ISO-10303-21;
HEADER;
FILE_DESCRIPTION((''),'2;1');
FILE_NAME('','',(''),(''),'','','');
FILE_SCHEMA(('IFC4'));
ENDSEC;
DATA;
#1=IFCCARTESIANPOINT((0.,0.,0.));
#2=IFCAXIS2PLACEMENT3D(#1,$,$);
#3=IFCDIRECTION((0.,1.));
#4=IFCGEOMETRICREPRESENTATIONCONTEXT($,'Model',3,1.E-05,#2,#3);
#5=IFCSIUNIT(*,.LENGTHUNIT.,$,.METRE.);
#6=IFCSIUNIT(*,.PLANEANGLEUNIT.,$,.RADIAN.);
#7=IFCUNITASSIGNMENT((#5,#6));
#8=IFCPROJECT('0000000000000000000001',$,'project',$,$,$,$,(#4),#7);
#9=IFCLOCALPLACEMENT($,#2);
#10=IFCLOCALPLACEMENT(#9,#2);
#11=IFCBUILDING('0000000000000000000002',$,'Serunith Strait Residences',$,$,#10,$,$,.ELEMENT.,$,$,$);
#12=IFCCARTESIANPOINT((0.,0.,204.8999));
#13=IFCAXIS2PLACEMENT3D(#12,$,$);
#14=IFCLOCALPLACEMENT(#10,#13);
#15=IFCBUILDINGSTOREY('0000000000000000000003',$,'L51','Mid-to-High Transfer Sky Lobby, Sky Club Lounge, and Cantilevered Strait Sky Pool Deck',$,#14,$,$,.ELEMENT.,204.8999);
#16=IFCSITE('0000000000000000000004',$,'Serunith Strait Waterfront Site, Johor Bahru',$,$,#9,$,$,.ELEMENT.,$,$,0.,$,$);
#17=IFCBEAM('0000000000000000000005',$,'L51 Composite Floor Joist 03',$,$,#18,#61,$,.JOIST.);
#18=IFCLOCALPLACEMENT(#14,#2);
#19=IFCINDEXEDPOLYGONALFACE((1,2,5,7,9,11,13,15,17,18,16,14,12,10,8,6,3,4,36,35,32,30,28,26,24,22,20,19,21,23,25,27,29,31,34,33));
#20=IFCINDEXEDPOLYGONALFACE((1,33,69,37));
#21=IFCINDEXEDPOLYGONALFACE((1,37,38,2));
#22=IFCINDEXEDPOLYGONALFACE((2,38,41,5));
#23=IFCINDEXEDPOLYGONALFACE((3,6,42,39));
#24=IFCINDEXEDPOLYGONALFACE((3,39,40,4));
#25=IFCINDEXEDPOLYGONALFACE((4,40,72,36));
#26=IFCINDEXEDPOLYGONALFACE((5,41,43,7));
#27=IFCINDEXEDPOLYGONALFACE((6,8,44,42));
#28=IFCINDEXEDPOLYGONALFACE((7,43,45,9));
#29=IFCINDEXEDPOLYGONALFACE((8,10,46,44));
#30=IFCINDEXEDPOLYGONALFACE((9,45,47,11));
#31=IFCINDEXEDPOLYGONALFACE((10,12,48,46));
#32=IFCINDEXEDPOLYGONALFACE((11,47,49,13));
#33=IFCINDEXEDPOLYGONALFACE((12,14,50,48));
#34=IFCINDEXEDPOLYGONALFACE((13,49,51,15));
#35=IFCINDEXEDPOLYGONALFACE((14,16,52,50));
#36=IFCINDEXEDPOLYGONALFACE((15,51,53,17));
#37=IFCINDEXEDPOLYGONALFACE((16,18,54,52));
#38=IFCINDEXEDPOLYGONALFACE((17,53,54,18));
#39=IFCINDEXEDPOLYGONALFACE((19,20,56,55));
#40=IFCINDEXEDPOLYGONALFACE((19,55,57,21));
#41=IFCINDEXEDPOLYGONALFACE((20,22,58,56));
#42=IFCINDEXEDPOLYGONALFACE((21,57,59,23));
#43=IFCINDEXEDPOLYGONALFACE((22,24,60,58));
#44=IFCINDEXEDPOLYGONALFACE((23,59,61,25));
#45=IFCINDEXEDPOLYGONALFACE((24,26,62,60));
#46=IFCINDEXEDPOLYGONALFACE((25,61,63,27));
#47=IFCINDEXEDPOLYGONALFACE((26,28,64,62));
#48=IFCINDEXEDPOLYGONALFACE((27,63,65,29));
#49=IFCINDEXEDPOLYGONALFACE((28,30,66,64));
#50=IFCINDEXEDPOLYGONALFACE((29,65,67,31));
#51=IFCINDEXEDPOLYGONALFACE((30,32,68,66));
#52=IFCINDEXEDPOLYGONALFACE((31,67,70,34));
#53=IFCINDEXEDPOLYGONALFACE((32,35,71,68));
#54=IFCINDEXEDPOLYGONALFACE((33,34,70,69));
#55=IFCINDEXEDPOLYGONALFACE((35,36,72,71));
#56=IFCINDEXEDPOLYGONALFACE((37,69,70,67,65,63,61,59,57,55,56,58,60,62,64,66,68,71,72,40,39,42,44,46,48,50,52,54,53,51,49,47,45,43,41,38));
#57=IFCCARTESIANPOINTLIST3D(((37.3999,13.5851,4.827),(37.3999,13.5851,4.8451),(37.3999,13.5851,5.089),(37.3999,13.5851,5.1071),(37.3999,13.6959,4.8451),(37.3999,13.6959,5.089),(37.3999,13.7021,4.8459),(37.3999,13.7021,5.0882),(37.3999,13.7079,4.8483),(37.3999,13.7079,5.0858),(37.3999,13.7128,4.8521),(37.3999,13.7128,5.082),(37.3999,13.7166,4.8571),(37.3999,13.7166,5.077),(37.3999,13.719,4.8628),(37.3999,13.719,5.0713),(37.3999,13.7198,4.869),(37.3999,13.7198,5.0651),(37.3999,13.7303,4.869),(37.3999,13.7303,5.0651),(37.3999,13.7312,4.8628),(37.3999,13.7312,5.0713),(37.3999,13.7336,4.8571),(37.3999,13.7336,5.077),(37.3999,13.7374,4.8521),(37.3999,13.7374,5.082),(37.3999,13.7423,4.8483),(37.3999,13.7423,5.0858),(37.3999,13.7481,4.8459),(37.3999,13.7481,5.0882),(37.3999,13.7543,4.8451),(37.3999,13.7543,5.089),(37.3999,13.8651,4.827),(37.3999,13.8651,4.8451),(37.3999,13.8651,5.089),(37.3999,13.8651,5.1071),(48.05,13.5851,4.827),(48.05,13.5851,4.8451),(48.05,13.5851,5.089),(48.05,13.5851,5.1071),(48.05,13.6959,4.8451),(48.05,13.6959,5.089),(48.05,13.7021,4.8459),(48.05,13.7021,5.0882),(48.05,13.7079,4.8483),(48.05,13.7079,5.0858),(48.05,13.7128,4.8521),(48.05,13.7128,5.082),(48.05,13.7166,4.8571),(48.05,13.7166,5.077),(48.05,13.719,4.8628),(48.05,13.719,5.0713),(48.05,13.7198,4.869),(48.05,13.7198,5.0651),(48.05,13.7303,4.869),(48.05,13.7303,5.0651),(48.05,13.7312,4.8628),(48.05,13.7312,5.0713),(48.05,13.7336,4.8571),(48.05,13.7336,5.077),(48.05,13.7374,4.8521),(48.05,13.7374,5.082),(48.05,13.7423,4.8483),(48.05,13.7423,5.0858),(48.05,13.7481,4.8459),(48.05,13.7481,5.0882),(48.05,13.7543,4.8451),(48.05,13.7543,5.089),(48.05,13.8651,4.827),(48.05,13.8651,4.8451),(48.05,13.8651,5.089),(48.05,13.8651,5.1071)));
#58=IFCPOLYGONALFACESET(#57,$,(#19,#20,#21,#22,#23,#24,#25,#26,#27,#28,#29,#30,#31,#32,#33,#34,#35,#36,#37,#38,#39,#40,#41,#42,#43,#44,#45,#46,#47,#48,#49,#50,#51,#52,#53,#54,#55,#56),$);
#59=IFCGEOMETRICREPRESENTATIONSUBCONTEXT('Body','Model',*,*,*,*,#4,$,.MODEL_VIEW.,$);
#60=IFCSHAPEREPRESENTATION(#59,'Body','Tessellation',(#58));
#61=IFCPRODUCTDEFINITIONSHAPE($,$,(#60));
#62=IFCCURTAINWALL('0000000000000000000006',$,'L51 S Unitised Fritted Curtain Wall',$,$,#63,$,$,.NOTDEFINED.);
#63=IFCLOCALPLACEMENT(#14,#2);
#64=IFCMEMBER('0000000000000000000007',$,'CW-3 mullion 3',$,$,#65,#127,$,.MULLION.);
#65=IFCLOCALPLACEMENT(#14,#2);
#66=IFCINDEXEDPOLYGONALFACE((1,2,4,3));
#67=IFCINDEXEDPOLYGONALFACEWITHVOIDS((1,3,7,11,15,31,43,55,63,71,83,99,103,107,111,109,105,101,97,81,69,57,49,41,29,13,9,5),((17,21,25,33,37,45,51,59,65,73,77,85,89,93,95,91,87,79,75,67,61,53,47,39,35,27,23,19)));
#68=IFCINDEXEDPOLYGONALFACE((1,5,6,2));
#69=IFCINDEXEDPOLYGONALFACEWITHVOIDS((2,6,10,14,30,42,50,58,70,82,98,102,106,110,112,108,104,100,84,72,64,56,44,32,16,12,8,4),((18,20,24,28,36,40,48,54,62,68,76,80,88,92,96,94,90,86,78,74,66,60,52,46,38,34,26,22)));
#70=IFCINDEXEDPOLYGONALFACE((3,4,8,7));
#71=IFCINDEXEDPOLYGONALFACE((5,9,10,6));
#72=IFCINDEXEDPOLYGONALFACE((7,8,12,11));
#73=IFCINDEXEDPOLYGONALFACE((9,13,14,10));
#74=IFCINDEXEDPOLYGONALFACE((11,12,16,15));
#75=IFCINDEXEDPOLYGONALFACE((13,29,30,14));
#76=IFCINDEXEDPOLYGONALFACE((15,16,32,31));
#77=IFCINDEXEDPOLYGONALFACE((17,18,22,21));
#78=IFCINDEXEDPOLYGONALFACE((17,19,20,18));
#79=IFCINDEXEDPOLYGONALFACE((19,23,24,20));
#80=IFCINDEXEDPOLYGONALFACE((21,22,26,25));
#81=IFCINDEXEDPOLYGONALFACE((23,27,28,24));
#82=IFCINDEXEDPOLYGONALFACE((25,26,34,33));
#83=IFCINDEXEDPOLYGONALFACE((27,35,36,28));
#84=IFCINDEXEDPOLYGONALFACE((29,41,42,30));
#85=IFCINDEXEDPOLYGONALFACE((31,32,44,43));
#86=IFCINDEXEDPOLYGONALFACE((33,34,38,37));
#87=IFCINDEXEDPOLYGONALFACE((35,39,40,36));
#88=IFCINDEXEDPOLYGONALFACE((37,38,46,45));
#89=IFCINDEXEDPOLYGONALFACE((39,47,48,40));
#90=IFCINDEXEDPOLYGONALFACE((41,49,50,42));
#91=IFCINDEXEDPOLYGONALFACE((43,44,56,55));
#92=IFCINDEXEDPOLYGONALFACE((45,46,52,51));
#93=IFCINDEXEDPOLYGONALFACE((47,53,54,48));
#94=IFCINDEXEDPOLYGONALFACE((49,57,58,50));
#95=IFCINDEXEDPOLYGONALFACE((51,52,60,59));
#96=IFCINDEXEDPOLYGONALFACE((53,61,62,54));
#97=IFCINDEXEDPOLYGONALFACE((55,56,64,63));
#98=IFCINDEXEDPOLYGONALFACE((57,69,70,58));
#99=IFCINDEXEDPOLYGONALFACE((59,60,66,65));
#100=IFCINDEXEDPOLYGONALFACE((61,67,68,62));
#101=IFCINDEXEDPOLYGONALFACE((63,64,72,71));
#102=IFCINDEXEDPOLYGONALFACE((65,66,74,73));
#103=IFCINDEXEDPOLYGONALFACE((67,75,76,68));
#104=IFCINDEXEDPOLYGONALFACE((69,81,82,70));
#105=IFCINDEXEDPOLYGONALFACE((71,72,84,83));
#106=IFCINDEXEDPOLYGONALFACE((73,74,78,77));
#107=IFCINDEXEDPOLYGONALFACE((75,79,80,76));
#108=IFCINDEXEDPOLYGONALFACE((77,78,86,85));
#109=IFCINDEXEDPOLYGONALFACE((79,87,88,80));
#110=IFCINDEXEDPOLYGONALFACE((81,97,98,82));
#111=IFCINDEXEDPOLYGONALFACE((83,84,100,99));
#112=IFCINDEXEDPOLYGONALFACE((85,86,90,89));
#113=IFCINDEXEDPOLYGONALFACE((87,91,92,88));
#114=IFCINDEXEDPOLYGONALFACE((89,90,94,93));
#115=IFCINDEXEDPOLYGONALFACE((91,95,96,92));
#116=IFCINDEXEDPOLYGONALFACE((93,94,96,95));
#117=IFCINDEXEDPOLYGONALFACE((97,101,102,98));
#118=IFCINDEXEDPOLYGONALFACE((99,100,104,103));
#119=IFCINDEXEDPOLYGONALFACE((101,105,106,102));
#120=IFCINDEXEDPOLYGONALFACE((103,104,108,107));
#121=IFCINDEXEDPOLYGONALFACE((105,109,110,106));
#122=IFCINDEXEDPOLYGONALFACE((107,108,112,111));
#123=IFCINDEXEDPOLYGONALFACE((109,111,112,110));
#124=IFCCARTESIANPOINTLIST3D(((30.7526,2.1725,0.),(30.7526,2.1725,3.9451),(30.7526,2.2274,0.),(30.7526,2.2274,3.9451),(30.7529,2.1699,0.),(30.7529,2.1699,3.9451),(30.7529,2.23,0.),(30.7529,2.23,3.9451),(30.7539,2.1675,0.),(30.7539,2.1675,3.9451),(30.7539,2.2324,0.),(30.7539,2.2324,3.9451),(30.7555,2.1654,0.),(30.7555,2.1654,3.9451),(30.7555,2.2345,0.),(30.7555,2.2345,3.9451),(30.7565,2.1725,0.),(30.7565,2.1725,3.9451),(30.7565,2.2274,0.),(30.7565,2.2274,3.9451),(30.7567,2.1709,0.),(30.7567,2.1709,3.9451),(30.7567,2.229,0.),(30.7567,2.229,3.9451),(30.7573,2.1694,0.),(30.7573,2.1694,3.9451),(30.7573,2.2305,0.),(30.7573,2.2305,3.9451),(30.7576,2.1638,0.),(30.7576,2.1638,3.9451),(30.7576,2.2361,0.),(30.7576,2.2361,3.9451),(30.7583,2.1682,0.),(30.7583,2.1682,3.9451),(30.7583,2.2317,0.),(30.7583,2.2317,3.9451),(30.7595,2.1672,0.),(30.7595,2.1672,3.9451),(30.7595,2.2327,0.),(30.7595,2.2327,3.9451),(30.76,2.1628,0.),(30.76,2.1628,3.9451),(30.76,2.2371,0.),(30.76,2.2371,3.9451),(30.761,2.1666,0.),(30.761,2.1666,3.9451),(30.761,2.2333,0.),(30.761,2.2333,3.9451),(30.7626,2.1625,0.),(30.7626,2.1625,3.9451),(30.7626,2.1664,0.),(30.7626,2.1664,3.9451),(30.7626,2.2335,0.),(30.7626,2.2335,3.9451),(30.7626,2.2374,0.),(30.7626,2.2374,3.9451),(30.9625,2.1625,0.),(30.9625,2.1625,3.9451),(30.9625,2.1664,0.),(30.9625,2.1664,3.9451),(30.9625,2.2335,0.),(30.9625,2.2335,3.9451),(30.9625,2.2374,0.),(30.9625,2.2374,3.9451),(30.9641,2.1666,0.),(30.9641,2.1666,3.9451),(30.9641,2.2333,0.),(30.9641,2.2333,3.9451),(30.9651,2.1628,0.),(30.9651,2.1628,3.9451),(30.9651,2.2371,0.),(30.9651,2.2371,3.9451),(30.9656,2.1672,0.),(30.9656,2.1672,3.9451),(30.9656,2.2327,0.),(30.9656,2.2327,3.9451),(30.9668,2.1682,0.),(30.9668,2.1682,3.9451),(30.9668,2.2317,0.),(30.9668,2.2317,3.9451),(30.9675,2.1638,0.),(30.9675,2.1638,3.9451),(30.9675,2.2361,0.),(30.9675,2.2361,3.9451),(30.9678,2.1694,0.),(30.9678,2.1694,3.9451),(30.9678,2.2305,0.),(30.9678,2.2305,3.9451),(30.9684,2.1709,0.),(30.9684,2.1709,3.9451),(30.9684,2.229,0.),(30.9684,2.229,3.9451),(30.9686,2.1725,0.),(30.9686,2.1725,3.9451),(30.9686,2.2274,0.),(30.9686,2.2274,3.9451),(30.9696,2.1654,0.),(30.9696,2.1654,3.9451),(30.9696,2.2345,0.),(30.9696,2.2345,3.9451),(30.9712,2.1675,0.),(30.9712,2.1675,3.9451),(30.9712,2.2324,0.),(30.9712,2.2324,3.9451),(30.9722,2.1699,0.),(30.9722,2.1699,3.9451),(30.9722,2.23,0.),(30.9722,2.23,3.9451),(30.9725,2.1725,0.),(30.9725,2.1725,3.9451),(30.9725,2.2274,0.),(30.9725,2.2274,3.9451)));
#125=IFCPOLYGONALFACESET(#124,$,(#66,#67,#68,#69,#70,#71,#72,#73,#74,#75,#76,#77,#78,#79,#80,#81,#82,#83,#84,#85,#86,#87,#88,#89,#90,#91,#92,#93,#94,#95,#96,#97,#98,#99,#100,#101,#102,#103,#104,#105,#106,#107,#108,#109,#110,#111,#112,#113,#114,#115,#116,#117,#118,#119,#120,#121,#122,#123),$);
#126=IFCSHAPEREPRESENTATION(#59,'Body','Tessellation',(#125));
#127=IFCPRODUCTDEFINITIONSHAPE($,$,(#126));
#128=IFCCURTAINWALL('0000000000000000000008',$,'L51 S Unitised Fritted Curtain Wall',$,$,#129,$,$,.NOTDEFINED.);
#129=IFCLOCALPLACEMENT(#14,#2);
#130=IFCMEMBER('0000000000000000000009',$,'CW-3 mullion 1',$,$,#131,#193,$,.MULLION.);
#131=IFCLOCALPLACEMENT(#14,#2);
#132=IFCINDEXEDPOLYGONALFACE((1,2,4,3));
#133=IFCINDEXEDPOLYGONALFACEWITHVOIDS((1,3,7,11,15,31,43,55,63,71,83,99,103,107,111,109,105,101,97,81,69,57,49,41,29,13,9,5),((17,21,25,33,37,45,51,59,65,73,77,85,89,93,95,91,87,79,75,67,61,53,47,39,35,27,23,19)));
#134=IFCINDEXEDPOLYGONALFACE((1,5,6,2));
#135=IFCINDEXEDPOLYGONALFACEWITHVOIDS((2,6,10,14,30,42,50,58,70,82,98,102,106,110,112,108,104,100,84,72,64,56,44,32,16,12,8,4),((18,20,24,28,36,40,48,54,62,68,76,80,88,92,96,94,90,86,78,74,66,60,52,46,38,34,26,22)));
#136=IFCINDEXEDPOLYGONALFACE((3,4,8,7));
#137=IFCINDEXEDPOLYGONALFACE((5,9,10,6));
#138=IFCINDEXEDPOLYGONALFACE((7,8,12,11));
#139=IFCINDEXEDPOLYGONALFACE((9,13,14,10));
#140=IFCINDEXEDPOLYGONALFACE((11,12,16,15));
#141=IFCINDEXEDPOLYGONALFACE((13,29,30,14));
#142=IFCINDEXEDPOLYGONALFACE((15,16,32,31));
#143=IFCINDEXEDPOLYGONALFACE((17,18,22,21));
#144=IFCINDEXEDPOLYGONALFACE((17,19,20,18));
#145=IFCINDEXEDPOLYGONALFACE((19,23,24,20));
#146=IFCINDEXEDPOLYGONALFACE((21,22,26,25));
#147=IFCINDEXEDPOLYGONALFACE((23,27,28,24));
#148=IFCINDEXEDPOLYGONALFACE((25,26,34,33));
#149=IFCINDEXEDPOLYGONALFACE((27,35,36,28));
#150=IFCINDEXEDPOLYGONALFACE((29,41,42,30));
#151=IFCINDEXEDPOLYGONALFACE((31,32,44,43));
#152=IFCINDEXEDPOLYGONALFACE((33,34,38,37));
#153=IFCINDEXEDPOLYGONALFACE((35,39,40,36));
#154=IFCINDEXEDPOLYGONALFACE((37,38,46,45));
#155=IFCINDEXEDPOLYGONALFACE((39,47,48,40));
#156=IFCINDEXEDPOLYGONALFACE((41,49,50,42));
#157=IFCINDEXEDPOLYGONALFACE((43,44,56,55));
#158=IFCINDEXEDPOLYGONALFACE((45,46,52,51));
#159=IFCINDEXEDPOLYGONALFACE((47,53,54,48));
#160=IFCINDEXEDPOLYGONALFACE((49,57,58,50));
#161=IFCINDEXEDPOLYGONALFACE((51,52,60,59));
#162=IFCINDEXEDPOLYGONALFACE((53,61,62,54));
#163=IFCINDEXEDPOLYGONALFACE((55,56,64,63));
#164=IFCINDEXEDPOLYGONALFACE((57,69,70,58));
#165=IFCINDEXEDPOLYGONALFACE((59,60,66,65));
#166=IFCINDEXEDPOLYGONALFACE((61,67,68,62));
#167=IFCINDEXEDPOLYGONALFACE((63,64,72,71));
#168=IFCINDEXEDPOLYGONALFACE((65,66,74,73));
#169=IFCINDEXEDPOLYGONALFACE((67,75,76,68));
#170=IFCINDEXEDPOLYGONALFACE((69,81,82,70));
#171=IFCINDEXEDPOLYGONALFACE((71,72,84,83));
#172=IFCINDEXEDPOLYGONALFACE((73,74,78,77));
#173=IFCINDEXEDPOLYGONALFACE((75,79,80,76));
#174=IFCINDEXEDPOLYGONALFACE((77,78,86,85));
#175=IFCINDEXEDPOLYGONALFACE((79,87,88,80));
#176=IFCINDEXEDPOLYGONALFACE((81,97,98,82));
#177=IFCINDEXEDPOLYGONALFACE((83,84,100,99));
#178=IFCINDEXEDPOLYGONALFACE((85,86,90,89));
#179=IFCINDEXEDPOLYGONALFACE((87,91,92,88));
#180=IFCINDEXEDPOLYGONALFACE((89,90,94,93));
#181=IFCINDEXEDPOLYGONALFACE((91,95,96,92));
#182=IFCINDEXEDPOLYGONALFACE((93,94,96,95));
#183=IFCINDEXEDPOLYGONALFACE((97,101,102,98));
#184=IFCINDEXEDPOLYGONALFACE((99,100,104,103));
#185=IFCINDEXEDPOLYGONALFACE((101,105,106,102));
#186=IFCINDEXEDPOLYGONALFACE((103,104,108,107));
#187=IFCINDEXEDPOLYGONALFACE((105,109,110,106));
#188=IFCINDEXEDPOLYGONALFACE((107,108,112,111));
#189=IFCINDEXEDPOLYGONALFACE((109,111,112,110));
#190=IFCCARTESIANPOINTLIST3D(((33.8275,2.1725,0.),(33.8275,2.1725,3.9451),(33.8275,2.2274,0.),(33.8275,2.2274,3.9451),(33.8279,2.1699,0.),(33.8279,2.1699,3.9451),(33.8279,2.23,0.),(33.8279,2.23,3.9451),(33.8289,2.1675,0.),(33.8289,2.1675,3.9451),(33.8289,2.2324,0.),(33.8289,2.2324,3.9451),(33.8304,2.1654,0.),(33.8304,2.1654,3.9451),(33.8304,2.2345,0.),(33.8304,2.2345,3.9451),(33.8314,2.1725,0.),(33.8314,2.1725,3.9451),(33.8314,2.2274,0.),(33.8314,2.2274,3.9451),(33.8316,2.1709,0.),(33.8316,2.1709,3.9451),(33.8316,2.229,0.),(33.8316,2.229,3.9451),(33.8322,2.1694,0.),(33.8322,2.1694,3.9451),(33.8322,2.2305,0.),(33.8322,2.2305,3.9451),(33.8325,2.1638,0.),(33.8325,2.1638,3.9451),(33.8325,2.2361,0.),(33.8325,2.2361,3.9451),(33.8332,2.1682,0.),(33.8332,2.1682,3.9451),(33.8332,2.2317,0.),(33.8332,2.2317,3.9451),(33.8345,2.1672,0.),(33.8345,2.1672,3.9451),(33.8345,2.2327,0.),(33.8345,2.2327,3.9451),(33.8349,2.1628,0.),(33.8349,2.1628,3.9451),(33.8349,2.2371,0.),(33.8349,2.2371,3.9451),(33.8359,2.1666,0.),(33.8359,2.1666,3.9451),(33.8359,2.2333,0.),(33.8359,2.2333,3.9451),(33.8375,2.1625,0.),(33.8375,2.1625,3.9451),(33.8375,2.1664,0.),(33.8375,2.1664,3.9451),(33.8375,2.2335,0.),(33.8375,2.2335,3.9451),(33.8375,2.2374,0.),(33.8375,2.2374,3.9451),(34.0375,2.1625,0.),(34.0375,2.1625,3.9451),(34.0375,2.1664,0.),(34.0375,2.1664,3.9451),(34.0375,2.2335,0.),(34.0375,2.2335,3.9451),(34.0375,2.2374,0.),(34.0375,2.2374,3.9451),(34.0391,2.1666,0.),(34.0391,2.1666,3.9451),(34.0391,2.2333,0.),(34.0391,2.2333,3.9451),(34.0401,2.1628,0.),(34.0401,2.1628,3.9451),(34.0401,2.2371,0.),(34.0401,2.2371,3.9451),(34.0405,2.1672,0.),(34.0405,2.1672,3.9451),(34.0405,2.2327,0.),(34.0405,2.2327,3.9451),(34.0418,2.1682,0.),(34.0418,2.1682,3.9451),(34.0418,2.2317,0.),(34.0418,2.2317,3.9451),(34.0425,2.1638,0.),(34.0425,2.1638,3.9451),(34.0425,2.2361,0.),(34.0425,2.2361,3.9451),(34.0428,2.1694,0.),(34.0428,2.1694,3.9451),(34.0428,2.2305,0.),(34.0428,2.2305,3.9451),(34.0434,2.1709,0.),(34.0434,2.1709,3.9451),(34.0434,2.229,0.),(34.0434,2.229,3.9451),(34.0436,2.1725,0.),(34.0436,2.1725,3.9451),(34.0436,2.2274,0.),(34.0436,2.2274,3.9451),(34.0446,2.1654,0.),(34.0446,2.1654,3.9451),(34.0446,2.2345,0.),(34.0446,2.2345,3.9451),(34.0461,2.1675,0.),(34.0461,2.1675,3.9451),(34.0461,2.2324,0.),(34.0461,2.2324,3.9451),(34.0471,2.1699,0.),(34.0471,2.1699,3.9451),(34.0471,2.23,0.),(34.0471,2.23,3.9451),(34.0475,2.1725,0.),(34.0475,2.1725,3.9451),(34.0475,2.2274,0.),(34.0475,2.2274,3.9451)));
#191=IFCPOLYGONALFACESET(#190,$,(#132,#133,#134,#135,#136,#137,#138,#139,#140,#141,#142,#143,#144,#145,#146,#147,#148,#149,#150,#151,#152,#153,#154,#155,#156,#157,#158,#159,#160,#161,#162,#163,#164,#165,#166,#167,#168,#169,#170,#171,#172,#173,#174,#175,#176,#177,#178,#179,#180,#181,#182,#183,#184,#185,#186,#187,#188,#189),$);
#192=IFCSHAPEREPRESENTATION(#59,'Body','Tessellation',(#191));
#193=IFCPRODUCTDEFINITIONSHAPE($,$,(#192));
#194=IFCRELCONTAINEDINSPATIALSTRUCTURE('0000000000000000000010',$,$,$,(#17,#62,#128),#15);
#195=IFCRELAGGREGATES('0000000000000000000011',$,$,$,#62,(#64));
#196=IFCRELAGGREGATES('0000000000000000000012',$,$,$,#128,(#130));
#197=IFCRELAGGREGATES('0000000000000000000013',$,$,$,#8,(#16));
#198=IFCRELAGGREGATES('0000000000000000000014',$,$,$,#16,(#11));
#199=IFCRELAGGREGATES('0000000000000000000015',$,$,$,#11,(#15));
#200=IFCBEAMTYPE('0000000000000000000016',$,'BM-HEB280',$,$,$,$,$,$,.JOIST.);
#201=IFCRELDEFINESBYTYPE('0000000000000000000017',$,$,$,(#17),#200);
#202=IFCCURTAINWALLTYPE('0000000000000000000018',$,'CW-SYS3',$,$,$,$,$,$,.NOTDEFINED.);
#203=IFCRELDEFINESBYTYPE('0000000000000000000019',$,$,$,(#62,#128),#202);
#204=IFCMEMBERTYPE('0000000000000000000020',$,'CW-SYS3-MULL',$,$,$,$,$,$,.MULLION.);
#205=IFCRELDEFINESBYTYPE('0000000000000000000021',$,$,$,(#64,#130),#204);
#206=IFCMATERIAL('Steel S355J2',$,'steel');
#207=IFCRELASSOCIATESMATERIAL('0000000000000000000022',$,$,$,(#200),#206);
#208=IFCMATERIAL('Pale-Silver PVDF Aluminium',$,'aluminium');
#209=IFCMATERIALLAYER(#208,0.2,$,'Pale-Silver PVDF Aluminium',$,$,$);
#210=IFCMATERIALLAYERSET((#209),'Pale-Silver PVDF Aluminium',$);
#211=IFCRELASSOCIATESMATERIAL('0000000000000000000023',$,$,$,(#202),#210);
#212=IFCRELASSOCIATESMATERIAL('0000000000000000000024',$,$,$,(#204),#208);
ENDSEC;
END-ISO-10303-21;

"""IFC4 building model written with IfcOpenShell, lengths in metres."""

from ifc_helpers import new_model, si_unit, direction, frame, origin, origin_2d, place, context, subcontext, project, spatial, hollow_rectangle, i_section, extrude, source, transform, mapped, material, layer, layer_set, material_profile, profile_set, type_object, element, aggregate, save


model = new_model("IFC4")

# Units and contexts
model_context = context("Model", 3, precision=1e-05, world=origin(), true_north=direction((0.0, 1.0)))
body_context = subcontext(model_context, "Body", "Model", "MODEL_VIEW")
ifc_project = project(units=[si_unit("LENGTHUNIT", "METRE"), si_unit("PLANEANGLEUNIT", "RADIAN")], contexts=[model_context])

# Site, building, storey
site_placement = place(None, origin())
site = spatial("IfcSite", under=ifc_project, at=site_placement, Name="Serunith Strait Waterfront Site, Johor Bahru", CompositionType="ELEMENT", RefElevation=0.0)
building_placement = place(site_placement, origin())
building = spatial("IfcBuilding", under=site, at=building_placement, Name="Serunith Strait Residences", CompositionType="ELEMENT")
storey_placement = place(building_placement, frame((0.0, 0.0, 204.8999)))
storey = spatial("IfcBuildingStorey", under=building, at=storey_placement, Name="L51", Description="Mid-to-High Transfer Sky Lobby, Sky Club Lounge, and Cantilevered Strait Sky Pool Deck", CompositionType="ELEMENT", Elevation=204.8999)

# Beam
ifc_material_1 = material(Name="Steel S355J2", Category="steel")
ifc_material_profile_1 = material_profile(ifc_material_1, i_section(OverallWidth=0.28, OverallDepth=0.28, WebThickness=0.0105, FlangeThickness=0.0181, FilletRadius=0.0239, at=origin_2d()), Name="HEB 280")
ifc_profile_set_1 = profile_set([ifc_material_profile_1], Name="Steel S355J2")
beam_type_1 = type_object("IfcBeamType", Name="BM-HEB280", PredefinedType="JOIST", material=ifc_profile_set_1)
shared_shape_1 = source(origin(), body_context, "Body", "SweptSolid", [
    extrude(i_section(OverallWidth=0.28, OverallDepth=0.28, WebThickness=0.0105, FlangeThickness=0.0181, FilletRadius=0.0239, at=origin_2d()), origin(), (0.0, 0.0, 1.0), 10.6501),
])
beam_1_placement = place(storey_placement, frame((37.3999, 13.7251, 4.967), z_axis=(1.0, 0.0, 0.0), x_axis=(0.0, 1.0, 0.0)))
element("IfcBeam", 1, at=beam_1_placement, inside=storey, type_object=beam_type_1, Name="L51 Composite Floor Joist 03", PredefinedType="JOIST", context=body_context, shape_type="MappedRepresentation", body=[
    mapped(shared_shape_1, transform((0.0, 0.0, 0.0), scale=1.0)),
])

# Curtain wall, member
ifc_material_2 = material(Name="Pale-Silver PVDF Aluminium", Category="aluminium")
ifc_layer_1 = layer(ifc_material_2, 0.2, Name="Pale-Silver PVDF Aluminium")
ifc_layer_set_1 = layer_set([ifc_layer_1], Name="Pale-Silver PVDF Aluminium")
curtain_wall_type = type_object("IfcCurtainWallType", Name="CW-SYS3", PredefinedType="NOTDEFINED", material=ifc_layer_set_1)
curtain_wall_1_placement = place(storey_placement, origin())
curtain_wall_1 = element("IfcCurtainWall", 2, at=curtain_wall_1_placement, inside=storey, type_object=curtain_wall_type, Name="L51 S Unitised Fritted Curtain Wall", PredefinedType="NOTDEFINED")
ifc_material_profile_2 = material_profile(ifc_material_2, hollow_rectangle(XDim=0.075, YDim=0.22, WallThickness=0.0039, InnerFilletRadius=0.0061, OuterFilletRadius=0.01, at=origin_2d()), Name="ALU 220x75x4")
ifc_profile_set_2 = profile_set([ifc_material_profile_2], Name="Pale-Silver PVDF Aluminium")
member_type_1 = type_object("IfcMemberType", Name="CW-SYS3-MULL", PredefinedType="MULLION", material=ifc_profile_set_2)
shared_shape_2 = source(origin(), body_context, "Body", "SweptSolid", [
    extrude(hollow_rectangle(XDim=0.075, YDim=0.22, WallThickness=0.0039, InnerFilletRadius=0.0061, OuterFilletRadius=0.01, at=origin_2d()), origin(), (0.0, 0.0, 1.0), 3.9451),
])
member_1_placement = place(storey_placement, frame((30.8625, 2.2, 0.0), z_axis=(0.0, 0.0, 1.0), x_axis=(0.0, 1.0, 0.0)))
member_1 = element("IfcMember", 3, at=member_1_placement, type_object=member_type_1, Name="CW-3 mullion 3", PredefinedType="MULLION", context=body_context, shape_type="MappedRepresentation", body=[
    mapped(shared_shape_2, transform((0.0, 0.0, 0.0), scale=1.0)),
])
aggregate(curtain_wall_1, [member_1])

# Curtain wall, member
curtain_wall_2_placement = place(storey_placement, origin())
curtain_wall_2 = element("IfcCurtainWall", 4, at=curtain_wall_2_placement, inside=storey, type_object=curtain_wall_type, Name="L51 S Unitised Fritted Curtain Wall", PredefinedType="NOTDEFINED")
member_2_placement = place(storey_placement, frame((33.9375, 2.2, 0.0), z_axis=(0.0, 0.0, 1.0), x_axis=(0.0, 1.0, 0.0)))
member_2 = element("IfcMember", 5, at=member_2_placement, type_object=member_type_1, Name="CW-3 mullion 1", PredefinedType="MULLION", context=body_context, shape_type="MappedRepresentation", body=[
    mapped(shared_shape_2, transform((0.0, 0.0, 0.0), scale=1.0)),
])
aggregate(curtain_wall_2, [member_2])

save(model, "model.ifc")
